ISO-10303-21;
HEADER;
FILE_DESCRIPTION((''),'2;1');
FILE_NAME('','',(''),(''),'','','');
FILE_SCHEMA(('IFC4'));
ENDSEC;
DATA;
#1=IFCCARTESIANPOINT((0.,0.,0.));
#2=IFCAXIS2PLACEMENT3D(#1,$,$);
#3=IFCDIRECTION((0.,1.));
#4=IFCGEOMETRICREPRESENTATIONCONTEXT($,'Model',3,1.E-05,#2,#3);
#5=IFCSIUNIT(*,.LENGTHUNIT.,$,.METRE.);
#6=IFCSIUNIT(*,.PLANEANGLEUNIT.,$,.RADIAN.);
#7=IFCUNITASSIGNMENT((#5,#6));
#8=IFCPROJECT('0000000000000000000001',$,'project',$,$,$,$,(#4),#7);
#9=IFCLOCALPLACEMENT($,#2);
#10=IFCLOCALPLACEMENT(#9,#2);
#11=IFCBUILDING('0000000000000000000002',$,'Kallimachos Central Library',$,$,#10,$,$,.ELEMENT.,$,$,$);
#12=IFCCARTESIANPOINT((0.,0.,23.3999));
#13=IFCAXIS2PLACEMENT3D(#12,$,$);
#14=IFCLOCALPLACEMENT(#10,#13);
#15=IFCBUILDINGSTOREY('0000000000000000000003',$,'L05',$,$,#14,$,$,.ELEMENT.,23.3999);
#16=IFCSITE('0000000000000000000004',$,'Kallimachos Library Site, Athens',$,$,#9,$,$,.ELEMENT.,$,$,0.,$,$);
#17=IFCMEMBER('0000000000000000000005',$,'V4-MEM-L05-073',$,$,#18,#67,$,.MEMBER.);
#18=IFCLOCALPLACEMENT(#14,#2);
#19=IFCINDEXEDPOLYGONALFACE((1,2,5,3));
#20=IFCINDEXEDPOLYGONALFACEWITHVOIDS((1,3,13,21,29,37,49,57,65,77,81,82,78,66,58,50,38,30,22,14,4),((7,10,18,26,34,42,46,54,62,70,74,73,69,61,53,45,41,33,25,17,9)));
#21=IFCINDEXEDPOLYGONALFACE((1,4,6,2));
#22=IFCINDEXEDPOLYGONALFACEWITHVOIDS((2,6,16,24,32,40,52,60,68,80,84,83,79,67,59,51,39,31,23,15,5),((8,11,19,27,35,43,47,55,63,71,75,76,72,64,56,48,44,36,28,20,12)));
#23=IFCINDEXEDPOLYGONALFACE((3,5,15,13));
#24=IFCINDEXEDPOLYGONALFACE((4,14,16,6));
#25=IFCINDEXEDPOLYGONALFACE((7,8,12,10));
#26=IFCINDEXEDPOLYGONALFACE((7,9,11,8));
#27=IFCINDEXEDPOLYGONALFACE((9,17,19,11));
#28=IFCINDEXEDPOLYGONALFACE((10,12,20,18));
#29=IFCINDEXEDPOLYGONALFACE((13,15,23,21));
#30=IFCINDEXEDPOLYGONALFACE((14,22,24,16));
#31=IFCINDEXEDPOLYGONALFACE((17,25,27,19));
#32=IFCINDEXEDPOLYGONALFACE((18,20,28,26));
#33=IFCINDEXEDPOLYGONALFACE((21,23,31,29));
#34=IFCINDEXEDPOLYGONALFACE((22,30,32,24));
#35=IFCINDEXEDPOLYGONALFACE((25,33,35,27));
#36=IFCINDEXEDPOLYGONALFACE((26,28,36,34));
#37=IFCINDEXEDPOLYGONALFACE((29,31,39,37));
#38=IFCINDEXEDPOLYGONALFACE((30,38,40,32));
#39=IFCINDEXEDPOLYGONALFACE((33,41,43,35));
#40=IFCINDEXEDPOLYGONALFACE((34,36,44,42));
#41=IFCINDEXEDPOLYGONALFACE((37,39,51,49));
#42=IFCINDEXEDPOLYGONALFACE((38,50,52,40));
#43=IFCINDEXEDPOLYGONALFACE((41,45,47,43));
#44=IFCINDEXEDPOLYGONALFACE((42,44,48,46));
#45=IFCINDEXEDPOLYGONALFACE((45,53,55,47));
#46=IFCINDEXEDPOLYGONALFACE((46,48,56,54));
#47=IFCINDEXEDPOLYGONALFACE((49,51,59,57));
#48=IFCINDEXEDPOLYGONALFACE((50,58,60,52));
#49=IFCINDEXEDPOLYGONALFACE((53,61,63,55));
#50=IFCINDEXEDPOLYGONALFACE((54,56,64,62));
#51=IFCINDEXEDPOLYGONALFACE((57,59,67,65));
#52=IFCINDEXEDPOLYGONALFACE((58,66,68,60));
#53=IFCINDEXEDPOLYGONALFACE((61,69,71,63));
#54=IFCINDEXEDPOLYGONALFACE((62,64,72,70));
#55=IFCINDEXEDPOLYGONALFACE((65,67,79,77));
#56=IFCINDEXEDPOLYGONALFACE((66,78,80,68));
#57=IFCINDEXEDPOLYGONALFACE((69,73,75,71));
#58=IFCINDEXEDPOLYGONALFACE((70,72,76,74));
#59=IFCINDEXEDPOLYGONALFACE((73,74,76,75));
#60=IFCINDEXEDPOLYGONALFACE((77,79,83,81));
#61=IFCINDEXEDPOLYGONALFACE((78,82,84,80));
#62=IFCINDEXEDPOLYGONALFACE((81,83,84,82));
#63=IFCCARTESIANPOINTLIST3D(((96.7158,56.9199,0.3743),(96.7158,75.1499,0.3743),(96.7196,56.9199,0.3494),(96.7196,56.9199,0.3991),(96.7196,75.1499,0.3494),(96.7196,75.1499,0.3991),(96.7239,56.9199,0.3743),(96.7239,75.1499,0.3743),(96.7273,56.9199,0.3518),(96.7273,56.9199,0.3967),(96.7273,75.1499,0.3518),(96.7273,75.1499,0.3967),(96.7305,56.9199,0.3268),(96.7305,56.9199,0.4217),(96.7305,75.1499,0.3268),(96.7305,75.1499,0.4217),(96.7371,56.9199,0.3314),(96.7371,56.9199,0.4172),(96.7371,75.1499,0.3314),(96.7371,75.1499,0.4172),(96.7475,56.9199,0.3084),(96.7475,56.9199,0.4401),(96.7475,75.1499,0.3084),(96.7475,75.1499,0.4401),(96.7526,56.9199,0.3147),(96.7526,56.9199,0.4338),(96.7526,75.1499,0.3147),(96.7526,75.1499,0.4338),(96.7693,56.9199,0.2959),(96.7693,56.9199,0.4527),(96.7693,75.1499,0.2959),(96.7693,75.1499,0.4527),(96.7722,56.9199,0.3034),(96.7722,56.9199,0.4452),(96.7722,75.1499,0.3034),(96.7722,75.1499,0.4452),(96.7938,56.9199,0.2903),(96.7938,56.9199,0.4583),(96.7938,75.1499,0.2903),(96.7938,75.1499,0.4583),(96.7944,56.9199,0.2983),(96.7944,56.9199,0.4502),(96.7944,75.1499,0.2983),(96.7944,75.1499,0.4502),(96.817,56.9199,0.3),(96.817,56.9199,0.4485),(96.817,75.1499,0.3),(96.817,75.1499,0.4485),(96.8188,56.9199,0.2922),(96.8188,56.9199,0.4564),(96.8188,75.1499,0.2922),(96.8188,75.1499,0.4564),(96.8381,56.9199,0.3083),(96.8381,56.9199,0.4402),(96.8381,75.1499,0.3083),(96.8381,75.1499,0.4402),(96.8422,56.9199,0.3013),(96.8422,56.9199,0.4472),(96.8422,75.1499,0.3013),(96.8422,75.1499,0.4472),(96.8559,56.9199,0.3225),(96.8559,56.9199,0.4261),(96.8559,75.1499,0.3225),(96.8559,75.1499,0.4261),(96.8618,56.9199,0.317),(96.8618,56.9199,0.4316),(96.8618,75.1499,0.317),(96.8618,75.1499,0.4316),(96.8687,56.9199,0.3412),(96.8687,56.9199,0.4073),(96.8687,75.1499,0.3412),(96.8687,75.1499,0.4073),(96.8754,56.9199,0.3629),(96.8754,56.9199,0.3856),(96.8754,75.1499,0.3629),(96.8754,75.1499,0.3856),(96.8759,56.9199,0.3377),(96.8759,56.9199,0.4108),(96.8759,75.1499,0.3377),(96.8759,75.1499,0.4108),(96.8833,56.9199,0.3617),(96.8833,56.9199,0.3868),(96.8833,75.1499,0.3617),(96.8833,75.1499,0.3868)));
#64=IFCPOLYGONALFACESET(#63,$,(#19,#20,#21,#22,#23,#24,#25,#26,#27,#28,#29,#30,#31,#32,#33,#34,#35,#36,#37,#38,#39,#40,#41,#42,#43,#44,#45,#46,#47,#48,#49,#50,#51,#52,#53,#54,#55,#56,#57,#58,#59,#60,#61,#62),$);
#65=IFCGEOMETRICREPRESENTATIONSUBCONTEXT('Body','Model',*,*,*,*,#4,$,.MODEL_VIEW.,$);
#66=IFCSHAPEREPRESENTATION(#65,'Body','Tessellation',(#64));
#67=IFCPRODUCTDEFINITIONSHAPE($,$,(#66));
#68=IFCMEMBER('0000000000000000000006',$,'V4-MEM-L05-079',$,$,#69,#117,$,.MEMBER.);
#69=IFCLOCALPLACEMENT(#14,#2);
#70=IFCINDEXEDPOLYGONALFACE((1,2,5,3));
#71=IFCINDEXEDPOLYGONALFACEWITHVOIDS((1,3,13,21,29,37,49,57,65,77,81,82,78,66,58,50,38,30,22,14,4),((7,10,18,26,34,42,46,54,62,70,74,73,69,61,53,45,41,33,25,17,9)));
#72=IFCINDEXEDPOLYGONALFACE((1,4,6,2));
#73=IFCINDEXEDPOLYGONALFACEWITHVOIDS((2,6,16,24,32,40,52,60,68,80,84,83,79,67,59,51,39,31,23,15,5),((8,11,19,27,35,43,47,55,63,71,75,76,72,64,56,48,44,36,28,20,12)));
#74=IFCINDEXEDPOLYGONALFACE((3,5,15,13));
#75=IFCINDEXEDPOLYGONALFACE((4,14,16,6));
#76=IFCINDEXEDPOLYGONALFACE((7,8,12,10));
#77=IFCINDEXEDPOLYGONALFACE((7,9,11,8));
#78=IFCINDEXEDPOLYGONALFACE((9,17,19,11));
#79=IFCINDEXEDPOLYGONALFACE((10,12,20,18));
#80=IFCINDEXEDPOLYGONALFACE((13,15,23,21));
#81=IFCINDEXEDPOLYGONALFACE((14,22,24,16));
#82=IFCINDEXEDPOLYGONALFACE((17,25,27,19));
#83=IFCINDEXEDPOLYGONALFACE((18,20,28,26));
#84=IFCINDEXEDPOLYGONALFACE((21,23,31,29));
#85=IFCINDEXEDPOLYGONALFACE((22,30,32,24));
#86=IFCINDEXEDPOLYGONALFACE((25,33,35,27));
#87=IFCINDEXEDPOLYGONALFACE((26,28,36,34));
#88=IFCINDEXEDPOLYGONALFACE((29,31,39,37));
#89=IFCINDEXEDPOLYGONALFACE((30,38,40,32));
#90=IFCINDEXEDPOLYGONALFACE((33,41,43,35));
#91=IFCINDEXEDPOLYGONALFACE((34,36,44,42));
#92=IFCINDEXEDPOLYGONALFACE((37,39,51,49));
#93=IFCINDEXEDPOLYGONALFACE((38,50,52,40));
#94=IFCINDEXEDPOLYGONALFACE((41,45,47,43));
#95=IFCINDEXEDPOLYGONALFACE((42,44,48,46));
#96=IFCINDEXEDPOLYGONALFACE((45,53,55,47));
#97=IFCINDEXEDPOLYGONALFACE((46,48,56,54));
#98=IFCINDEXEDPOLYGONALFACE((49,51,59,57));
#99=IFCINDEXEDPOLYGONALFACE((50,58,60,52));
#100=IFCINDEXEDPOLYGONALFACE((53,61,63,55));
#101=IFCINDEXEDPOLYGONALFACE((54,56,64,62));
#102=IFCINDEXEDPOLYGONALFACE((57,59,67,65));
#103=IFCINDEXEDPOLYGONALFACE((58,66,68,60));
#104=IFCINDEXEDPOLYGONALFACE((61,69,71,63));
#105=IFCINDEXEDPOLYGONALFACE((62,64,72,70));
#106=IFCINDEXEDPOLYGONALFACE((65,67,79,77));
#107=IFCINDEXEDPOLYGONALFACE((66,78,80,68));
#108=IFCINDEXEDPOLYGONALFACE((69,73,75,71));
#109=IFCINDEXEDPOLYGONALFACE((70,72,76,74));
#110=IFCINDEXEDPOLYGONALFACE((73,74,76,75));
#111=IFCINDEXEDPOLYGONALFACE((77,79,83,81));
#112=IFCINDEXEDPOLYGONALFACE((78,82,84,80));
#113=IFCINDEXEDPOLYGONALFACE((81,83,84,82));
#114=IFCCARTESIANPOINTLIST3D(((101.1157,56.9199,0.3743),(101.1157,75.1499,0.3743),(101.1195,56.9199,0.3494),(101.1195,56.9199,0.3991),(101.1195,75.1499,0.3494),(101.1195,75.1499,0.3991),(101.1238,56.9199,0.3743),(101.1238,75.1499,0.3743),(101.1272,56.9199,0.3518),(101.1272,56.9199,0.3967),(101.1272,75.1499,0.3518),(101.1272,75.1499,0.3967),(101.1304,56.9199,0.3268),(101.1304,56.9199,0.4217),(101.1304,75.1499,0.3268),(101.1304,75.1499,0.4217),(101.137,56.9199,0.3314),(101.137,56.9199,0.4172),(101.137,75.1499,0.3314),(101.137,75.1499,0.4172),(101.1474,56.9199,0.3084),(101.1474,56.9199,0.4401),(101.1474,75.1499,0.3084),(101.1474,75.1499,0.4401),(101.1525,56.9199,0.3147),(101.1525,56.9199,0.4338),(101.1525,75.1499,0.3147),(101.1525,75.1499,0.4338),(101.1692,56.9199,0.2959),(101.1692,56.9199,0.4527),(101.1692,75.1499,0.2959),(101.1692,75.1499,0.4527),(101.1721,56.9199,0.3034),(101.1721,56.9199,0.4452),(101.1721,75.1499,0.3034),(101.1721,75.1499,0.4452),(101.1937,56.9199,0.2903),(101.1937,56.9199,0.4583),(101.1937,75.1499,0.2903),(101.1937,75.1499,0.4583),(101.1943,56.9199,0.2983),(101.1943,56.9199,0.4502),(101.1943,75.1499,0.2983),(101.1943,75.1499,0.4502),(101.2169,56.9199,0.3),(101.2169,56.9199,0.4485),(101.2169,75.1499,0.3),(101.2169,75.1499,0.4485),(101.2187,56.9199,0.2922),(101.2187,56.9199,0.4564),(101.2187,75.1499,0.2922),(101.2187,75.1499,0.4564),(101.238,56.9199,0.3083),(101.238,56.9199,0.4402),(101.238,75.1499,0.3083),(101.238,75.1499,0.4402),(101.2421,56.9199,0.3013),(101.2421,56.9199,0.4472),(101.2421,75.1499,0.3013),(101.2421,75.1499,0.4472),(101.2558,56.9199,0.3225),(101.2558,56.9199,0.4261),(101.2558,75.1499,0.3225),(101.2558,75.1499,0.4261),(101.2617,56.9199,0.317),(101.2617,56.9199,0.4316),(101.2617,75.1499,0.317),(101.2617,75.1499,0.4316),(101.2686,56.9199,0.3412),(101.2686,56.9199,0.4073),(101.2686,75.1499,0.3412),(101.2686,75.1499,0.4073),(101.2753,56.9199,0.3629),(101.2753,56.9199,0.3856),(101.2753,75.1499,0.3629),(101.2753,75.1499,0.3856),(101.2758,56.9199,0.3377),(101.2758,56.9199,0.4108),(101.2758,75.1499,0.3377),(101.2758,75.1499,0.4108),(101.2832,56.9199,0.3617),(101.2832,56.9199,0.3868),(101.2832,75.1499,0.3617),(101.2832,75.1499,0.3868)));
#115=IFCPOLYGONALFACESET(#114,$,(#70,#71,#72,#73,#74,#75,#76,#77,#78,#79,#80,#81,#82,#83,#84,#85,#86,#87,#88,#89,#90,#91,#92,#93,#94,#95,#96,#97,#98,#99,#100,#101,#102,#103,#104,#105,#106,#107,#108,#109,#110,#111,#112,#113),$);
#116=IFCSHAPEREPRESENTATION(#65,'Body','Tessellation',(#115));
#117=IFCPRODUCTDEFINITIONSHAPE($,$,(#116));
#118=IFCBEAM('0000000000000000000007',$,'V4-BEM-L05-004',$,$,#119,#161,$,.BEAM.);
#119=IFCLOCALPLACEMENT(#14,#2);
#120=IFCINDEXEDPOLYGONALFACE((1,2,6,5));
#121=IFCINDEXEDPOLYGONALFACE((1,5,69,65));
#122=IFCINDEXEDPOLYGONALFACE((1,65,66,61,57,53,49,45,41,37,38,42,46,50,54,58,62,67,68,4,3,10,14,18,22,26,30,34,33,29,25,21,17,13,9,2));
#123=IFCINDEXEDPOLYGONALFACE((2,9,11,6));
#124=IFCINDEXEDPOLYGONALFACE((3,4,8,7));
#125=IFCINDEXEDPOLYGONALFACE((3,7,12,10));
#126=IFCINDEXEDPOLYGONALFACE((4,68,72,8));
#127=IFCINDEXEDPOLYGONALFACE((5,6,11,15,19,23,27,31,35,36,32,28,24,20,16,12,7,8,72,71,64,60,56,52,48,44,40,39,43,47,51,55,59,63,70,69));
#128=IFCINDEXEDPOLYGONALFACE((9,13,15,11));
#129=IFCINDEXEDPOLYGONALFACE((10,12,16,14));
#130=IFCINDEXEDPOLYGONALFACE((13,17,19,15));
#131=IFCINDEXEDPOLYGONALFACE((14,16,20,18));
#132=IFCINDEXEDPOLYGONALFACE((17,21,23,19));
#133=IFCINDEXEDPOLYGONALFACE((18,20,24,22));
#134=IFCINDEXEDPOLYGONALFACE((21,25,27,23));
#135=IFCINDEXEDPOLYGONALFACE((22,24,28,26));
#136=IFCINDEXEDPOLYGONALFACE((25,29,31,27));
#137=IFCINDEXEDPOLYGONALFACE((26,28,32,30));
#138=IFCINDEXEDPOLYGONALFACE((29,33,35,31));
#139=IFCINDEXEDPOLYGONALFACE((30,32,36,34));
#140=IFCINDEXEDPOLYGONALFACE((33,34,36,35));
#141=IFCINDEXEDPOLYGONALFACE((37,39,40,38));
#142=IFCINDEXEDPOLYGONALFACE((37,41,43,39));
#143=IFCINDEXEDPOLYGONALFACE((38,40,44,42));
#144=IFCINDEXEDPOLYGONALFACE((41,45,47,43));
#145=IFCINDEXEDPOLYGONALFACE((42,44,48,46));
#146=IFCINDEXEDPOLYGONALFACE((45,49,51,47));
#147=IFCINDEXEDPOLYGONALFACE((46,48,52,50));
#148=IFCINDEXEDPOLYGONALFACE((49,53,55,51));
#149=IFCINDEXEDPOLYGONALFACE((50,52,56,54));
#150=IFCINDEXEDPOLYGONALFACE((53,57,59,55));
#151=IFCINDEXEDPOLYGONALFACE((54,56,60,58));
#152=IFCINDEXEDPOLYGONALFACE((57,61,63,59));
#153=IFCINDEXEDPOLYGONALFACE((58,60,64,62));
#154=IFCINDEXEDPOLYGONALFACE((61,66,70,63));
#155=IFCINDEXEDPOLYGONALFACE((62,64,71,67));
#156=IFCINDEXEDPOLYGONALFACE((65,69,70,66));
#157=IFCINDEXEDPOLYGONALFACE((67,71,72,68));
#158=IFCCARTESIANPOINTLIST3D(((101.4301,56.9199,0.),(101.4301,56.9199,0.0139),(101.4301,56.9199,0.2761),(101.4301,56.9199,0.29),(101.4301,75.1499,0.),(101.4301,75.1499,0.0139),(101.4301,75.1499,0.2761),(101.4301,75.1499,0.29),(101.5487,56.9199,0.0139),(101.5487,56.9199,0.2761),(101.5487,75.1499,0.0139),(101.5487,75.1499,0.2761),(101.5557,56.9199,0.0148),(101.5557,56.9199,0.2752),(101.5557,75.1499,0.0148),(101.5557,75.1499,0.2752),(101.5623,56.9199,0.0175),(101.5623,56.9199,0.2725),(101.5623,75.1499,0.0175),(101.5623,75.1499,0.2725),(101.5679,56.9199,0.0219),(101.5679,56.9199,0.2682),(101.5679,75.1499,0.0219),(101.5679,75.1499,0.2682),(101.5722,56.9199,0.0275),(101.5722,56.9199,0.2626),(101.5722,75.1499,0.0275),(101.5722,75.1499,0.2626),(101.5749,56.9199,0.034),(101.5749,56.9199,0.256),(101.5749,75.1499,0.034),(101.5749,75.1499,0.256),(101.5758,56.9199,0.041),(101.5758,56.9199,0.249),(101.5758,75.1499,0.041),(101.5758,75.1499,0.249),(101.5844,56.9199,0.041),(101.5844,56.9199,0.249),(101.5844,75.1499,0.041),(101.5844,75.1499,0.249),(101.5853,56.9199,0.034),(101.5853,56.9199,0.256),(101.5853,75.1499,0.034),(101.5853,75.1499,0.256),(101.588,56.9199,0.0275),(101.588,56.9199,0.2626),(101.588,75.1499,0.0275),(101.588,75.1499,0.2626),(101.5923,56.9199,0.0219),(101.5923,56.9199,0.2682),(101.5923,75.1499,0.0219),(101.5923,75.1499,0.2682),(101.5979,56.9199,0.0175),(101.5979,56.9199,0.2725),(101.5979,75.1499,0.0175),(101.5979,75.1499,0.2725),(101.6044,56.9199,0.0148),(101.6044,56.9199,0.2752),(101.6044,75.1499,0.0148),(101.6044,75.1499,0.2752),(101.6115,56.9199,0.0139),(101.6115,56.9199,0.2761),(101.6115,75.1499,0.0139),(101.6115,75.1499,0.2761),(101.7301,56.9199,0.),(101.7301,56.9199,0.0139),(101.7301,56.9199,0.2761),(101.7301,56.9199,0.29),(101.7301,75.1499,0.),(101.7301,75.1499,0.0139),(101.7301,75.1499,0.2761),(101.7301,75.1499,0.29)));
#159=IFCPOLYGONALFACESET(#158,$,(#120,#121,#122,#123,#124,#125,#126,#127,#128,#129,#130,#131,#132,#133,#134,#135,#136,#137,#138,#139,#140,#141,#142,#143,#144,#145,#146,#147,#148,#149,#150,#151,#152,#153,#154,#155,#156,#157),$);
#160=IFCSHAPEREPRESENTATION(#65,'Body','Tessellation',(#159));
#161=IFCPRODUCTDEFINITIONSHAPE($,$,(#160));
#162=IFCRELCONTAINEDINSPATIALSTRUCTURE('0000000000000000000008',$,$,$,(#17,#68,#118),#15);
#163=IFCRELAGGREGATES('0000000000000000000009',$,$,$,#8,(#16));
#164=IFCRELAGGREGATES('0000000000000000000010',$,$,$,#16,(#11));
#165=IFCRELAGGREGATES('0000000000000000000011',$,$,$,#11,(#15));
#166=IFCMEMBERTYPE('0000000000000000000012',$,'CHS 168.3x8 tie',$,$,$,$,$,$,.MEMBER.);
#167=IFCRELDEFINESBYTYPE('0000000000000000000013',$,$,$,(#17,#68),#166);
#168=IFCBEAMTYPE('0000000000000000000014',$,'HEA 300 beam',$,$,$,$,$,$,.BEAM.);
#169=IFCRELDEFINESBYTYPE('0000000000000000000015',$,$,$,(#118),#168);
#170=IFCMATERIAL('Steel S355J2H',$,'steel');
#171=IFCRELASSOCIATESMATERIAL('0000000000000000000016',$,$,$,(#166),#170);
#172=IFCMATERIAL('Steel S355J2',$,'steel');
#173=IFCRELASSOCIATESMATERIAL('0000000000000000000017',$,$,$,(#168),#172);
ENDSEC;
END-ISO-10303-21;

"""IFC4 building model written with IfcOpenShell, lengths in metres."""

from ifc_helpers import new_model, si_unit, direction, frame, origin, origin_2d, place, context, subcontext, project, spatial, hollow_circle, i_section, extrude, material, material_profile, profile_set, type_object, element, save


model = new_model("IFC4")

# Units and contexts
model_context = context("Model", 3, precision=1e-05, world=origin(), true_north=direction((0.0, 1.0)))
body_context = subcontext(model_context, "Body", "Model", "MODEL_VIEW")
ifc_project = project(units=[si_unit("LENGTHUNIT", "METRE"), si_unit("PLANEANGLEUNIT", "RADIAN")], contexts=[model_context])

# Site, building, storey
site_placement = place(None, origin())
site = spatial("IfcSite", under=ifc_project, at=site_placement, Name="Kallimachos Library Site, Athens", CompositionType="ELEMENT", RefElevation=0.0)
building_placement = place(site_placement, origin())
building = spatial("IfcBuilding", under=site, at=building_placement, Name="Kallimachos Central Library", CompositionType="ELEMENT")
storey_placement = place(building_placement, frame((0.0, 0.0, 23.3999)))
storey = spatial("IfcBuildingStorey", under=building, at=storey_placement, Name="L05", CompositionType="ELEMENT", Elevation=23.3999)

# Members
ifc_material_1 = material(Name="Steel S355J2H", Category="steel")
ifc_material_profile_1 = material_profile(ifc_material_1, hollow_circle(Radius=0.0842, WallThickness=0.0081, at=origin_2d()), Name="CHS 168.3x8")
ifc_profile_set_1 = profile_set([ifc_material_profile_1], Name="Steel S355J2H")
member_type_1 = type_object("IfcMemberType", Name="CHS 168.3x8 tie", PredefinedType="MEMBER", material=ifc_profile_set_1)
for number, where, z_axis, x_axis, name in (
    (1, (96.8, 56.9199, 0.3743), (0.0, 1.0, 0.0), (-1.0, 0.0, 0.0), "V4-MEM-L05-073"),
    (2, (101.2, 56.9199, 0.3743), (0.0, 1.0, 0.0), (-1.0, 0.0, 0.0), "V4-MEM-L05-079"),
):
    element("IfcMember", number, at=place(storey_placement, frame(where, z_axis=z_axis, x_axis=x_axis)), inside=storey, type_object=member_type_1, Name=name, PredefinedType="MEMBER", context=body_context, shape_type="SweptSolid", body=[
        extrude(hollow_circle(Radius=0.0842, WallThickness=0.0081, at=origin_2d()), origin(), (0.0, 0.0, 1.0), 18.23),
    ])

# Beam
ifc_material_2 = material(Name="Steel S355J2", Category="steel")
ifc_material_profile_2 = material_profile(ifc_material_2, i_section(OverallWidth=0.3, OverallDepth=0.29, WebThickness=0.0085, FlangeThickness=0.0139, FilletRadius=0.0271, at=origin_2d()), Name="HEA 300")
ifc_profile_set_2 = profile_set([ifc_material_profile_2], Name="Steel S355J2")
beam_type = type_object("IfcBeamType", Name="HEA 300 beam", PredefinedType="BEAM", material=ifc_profile_set_2)
beam_placement = place(storey_placement, frame((101.5801, 56.9199, 0.145), z_axis=(0.0, 1.0, 0.0), x_axis=(-1.0, 0.0, 0.0)))
element("IfcBeam", 3, at=beam_placement, inside=storey, type_object=beam_type, Name="V4-BEM-L05-004", PredefinedType="BEAM", context=body_context, shape_type="SweptSolid", body=[
    extrude(i_section(OverallWidth=0.3, OverallDepth=0.29, WebThickness=0.0085, FlangeThickness=0.0139, FilletRadius=0.0271, at=origin_2d()), origin(), (0.0, 0.0, 1.0), 18.23),
])

save(model, "model.ifc")
